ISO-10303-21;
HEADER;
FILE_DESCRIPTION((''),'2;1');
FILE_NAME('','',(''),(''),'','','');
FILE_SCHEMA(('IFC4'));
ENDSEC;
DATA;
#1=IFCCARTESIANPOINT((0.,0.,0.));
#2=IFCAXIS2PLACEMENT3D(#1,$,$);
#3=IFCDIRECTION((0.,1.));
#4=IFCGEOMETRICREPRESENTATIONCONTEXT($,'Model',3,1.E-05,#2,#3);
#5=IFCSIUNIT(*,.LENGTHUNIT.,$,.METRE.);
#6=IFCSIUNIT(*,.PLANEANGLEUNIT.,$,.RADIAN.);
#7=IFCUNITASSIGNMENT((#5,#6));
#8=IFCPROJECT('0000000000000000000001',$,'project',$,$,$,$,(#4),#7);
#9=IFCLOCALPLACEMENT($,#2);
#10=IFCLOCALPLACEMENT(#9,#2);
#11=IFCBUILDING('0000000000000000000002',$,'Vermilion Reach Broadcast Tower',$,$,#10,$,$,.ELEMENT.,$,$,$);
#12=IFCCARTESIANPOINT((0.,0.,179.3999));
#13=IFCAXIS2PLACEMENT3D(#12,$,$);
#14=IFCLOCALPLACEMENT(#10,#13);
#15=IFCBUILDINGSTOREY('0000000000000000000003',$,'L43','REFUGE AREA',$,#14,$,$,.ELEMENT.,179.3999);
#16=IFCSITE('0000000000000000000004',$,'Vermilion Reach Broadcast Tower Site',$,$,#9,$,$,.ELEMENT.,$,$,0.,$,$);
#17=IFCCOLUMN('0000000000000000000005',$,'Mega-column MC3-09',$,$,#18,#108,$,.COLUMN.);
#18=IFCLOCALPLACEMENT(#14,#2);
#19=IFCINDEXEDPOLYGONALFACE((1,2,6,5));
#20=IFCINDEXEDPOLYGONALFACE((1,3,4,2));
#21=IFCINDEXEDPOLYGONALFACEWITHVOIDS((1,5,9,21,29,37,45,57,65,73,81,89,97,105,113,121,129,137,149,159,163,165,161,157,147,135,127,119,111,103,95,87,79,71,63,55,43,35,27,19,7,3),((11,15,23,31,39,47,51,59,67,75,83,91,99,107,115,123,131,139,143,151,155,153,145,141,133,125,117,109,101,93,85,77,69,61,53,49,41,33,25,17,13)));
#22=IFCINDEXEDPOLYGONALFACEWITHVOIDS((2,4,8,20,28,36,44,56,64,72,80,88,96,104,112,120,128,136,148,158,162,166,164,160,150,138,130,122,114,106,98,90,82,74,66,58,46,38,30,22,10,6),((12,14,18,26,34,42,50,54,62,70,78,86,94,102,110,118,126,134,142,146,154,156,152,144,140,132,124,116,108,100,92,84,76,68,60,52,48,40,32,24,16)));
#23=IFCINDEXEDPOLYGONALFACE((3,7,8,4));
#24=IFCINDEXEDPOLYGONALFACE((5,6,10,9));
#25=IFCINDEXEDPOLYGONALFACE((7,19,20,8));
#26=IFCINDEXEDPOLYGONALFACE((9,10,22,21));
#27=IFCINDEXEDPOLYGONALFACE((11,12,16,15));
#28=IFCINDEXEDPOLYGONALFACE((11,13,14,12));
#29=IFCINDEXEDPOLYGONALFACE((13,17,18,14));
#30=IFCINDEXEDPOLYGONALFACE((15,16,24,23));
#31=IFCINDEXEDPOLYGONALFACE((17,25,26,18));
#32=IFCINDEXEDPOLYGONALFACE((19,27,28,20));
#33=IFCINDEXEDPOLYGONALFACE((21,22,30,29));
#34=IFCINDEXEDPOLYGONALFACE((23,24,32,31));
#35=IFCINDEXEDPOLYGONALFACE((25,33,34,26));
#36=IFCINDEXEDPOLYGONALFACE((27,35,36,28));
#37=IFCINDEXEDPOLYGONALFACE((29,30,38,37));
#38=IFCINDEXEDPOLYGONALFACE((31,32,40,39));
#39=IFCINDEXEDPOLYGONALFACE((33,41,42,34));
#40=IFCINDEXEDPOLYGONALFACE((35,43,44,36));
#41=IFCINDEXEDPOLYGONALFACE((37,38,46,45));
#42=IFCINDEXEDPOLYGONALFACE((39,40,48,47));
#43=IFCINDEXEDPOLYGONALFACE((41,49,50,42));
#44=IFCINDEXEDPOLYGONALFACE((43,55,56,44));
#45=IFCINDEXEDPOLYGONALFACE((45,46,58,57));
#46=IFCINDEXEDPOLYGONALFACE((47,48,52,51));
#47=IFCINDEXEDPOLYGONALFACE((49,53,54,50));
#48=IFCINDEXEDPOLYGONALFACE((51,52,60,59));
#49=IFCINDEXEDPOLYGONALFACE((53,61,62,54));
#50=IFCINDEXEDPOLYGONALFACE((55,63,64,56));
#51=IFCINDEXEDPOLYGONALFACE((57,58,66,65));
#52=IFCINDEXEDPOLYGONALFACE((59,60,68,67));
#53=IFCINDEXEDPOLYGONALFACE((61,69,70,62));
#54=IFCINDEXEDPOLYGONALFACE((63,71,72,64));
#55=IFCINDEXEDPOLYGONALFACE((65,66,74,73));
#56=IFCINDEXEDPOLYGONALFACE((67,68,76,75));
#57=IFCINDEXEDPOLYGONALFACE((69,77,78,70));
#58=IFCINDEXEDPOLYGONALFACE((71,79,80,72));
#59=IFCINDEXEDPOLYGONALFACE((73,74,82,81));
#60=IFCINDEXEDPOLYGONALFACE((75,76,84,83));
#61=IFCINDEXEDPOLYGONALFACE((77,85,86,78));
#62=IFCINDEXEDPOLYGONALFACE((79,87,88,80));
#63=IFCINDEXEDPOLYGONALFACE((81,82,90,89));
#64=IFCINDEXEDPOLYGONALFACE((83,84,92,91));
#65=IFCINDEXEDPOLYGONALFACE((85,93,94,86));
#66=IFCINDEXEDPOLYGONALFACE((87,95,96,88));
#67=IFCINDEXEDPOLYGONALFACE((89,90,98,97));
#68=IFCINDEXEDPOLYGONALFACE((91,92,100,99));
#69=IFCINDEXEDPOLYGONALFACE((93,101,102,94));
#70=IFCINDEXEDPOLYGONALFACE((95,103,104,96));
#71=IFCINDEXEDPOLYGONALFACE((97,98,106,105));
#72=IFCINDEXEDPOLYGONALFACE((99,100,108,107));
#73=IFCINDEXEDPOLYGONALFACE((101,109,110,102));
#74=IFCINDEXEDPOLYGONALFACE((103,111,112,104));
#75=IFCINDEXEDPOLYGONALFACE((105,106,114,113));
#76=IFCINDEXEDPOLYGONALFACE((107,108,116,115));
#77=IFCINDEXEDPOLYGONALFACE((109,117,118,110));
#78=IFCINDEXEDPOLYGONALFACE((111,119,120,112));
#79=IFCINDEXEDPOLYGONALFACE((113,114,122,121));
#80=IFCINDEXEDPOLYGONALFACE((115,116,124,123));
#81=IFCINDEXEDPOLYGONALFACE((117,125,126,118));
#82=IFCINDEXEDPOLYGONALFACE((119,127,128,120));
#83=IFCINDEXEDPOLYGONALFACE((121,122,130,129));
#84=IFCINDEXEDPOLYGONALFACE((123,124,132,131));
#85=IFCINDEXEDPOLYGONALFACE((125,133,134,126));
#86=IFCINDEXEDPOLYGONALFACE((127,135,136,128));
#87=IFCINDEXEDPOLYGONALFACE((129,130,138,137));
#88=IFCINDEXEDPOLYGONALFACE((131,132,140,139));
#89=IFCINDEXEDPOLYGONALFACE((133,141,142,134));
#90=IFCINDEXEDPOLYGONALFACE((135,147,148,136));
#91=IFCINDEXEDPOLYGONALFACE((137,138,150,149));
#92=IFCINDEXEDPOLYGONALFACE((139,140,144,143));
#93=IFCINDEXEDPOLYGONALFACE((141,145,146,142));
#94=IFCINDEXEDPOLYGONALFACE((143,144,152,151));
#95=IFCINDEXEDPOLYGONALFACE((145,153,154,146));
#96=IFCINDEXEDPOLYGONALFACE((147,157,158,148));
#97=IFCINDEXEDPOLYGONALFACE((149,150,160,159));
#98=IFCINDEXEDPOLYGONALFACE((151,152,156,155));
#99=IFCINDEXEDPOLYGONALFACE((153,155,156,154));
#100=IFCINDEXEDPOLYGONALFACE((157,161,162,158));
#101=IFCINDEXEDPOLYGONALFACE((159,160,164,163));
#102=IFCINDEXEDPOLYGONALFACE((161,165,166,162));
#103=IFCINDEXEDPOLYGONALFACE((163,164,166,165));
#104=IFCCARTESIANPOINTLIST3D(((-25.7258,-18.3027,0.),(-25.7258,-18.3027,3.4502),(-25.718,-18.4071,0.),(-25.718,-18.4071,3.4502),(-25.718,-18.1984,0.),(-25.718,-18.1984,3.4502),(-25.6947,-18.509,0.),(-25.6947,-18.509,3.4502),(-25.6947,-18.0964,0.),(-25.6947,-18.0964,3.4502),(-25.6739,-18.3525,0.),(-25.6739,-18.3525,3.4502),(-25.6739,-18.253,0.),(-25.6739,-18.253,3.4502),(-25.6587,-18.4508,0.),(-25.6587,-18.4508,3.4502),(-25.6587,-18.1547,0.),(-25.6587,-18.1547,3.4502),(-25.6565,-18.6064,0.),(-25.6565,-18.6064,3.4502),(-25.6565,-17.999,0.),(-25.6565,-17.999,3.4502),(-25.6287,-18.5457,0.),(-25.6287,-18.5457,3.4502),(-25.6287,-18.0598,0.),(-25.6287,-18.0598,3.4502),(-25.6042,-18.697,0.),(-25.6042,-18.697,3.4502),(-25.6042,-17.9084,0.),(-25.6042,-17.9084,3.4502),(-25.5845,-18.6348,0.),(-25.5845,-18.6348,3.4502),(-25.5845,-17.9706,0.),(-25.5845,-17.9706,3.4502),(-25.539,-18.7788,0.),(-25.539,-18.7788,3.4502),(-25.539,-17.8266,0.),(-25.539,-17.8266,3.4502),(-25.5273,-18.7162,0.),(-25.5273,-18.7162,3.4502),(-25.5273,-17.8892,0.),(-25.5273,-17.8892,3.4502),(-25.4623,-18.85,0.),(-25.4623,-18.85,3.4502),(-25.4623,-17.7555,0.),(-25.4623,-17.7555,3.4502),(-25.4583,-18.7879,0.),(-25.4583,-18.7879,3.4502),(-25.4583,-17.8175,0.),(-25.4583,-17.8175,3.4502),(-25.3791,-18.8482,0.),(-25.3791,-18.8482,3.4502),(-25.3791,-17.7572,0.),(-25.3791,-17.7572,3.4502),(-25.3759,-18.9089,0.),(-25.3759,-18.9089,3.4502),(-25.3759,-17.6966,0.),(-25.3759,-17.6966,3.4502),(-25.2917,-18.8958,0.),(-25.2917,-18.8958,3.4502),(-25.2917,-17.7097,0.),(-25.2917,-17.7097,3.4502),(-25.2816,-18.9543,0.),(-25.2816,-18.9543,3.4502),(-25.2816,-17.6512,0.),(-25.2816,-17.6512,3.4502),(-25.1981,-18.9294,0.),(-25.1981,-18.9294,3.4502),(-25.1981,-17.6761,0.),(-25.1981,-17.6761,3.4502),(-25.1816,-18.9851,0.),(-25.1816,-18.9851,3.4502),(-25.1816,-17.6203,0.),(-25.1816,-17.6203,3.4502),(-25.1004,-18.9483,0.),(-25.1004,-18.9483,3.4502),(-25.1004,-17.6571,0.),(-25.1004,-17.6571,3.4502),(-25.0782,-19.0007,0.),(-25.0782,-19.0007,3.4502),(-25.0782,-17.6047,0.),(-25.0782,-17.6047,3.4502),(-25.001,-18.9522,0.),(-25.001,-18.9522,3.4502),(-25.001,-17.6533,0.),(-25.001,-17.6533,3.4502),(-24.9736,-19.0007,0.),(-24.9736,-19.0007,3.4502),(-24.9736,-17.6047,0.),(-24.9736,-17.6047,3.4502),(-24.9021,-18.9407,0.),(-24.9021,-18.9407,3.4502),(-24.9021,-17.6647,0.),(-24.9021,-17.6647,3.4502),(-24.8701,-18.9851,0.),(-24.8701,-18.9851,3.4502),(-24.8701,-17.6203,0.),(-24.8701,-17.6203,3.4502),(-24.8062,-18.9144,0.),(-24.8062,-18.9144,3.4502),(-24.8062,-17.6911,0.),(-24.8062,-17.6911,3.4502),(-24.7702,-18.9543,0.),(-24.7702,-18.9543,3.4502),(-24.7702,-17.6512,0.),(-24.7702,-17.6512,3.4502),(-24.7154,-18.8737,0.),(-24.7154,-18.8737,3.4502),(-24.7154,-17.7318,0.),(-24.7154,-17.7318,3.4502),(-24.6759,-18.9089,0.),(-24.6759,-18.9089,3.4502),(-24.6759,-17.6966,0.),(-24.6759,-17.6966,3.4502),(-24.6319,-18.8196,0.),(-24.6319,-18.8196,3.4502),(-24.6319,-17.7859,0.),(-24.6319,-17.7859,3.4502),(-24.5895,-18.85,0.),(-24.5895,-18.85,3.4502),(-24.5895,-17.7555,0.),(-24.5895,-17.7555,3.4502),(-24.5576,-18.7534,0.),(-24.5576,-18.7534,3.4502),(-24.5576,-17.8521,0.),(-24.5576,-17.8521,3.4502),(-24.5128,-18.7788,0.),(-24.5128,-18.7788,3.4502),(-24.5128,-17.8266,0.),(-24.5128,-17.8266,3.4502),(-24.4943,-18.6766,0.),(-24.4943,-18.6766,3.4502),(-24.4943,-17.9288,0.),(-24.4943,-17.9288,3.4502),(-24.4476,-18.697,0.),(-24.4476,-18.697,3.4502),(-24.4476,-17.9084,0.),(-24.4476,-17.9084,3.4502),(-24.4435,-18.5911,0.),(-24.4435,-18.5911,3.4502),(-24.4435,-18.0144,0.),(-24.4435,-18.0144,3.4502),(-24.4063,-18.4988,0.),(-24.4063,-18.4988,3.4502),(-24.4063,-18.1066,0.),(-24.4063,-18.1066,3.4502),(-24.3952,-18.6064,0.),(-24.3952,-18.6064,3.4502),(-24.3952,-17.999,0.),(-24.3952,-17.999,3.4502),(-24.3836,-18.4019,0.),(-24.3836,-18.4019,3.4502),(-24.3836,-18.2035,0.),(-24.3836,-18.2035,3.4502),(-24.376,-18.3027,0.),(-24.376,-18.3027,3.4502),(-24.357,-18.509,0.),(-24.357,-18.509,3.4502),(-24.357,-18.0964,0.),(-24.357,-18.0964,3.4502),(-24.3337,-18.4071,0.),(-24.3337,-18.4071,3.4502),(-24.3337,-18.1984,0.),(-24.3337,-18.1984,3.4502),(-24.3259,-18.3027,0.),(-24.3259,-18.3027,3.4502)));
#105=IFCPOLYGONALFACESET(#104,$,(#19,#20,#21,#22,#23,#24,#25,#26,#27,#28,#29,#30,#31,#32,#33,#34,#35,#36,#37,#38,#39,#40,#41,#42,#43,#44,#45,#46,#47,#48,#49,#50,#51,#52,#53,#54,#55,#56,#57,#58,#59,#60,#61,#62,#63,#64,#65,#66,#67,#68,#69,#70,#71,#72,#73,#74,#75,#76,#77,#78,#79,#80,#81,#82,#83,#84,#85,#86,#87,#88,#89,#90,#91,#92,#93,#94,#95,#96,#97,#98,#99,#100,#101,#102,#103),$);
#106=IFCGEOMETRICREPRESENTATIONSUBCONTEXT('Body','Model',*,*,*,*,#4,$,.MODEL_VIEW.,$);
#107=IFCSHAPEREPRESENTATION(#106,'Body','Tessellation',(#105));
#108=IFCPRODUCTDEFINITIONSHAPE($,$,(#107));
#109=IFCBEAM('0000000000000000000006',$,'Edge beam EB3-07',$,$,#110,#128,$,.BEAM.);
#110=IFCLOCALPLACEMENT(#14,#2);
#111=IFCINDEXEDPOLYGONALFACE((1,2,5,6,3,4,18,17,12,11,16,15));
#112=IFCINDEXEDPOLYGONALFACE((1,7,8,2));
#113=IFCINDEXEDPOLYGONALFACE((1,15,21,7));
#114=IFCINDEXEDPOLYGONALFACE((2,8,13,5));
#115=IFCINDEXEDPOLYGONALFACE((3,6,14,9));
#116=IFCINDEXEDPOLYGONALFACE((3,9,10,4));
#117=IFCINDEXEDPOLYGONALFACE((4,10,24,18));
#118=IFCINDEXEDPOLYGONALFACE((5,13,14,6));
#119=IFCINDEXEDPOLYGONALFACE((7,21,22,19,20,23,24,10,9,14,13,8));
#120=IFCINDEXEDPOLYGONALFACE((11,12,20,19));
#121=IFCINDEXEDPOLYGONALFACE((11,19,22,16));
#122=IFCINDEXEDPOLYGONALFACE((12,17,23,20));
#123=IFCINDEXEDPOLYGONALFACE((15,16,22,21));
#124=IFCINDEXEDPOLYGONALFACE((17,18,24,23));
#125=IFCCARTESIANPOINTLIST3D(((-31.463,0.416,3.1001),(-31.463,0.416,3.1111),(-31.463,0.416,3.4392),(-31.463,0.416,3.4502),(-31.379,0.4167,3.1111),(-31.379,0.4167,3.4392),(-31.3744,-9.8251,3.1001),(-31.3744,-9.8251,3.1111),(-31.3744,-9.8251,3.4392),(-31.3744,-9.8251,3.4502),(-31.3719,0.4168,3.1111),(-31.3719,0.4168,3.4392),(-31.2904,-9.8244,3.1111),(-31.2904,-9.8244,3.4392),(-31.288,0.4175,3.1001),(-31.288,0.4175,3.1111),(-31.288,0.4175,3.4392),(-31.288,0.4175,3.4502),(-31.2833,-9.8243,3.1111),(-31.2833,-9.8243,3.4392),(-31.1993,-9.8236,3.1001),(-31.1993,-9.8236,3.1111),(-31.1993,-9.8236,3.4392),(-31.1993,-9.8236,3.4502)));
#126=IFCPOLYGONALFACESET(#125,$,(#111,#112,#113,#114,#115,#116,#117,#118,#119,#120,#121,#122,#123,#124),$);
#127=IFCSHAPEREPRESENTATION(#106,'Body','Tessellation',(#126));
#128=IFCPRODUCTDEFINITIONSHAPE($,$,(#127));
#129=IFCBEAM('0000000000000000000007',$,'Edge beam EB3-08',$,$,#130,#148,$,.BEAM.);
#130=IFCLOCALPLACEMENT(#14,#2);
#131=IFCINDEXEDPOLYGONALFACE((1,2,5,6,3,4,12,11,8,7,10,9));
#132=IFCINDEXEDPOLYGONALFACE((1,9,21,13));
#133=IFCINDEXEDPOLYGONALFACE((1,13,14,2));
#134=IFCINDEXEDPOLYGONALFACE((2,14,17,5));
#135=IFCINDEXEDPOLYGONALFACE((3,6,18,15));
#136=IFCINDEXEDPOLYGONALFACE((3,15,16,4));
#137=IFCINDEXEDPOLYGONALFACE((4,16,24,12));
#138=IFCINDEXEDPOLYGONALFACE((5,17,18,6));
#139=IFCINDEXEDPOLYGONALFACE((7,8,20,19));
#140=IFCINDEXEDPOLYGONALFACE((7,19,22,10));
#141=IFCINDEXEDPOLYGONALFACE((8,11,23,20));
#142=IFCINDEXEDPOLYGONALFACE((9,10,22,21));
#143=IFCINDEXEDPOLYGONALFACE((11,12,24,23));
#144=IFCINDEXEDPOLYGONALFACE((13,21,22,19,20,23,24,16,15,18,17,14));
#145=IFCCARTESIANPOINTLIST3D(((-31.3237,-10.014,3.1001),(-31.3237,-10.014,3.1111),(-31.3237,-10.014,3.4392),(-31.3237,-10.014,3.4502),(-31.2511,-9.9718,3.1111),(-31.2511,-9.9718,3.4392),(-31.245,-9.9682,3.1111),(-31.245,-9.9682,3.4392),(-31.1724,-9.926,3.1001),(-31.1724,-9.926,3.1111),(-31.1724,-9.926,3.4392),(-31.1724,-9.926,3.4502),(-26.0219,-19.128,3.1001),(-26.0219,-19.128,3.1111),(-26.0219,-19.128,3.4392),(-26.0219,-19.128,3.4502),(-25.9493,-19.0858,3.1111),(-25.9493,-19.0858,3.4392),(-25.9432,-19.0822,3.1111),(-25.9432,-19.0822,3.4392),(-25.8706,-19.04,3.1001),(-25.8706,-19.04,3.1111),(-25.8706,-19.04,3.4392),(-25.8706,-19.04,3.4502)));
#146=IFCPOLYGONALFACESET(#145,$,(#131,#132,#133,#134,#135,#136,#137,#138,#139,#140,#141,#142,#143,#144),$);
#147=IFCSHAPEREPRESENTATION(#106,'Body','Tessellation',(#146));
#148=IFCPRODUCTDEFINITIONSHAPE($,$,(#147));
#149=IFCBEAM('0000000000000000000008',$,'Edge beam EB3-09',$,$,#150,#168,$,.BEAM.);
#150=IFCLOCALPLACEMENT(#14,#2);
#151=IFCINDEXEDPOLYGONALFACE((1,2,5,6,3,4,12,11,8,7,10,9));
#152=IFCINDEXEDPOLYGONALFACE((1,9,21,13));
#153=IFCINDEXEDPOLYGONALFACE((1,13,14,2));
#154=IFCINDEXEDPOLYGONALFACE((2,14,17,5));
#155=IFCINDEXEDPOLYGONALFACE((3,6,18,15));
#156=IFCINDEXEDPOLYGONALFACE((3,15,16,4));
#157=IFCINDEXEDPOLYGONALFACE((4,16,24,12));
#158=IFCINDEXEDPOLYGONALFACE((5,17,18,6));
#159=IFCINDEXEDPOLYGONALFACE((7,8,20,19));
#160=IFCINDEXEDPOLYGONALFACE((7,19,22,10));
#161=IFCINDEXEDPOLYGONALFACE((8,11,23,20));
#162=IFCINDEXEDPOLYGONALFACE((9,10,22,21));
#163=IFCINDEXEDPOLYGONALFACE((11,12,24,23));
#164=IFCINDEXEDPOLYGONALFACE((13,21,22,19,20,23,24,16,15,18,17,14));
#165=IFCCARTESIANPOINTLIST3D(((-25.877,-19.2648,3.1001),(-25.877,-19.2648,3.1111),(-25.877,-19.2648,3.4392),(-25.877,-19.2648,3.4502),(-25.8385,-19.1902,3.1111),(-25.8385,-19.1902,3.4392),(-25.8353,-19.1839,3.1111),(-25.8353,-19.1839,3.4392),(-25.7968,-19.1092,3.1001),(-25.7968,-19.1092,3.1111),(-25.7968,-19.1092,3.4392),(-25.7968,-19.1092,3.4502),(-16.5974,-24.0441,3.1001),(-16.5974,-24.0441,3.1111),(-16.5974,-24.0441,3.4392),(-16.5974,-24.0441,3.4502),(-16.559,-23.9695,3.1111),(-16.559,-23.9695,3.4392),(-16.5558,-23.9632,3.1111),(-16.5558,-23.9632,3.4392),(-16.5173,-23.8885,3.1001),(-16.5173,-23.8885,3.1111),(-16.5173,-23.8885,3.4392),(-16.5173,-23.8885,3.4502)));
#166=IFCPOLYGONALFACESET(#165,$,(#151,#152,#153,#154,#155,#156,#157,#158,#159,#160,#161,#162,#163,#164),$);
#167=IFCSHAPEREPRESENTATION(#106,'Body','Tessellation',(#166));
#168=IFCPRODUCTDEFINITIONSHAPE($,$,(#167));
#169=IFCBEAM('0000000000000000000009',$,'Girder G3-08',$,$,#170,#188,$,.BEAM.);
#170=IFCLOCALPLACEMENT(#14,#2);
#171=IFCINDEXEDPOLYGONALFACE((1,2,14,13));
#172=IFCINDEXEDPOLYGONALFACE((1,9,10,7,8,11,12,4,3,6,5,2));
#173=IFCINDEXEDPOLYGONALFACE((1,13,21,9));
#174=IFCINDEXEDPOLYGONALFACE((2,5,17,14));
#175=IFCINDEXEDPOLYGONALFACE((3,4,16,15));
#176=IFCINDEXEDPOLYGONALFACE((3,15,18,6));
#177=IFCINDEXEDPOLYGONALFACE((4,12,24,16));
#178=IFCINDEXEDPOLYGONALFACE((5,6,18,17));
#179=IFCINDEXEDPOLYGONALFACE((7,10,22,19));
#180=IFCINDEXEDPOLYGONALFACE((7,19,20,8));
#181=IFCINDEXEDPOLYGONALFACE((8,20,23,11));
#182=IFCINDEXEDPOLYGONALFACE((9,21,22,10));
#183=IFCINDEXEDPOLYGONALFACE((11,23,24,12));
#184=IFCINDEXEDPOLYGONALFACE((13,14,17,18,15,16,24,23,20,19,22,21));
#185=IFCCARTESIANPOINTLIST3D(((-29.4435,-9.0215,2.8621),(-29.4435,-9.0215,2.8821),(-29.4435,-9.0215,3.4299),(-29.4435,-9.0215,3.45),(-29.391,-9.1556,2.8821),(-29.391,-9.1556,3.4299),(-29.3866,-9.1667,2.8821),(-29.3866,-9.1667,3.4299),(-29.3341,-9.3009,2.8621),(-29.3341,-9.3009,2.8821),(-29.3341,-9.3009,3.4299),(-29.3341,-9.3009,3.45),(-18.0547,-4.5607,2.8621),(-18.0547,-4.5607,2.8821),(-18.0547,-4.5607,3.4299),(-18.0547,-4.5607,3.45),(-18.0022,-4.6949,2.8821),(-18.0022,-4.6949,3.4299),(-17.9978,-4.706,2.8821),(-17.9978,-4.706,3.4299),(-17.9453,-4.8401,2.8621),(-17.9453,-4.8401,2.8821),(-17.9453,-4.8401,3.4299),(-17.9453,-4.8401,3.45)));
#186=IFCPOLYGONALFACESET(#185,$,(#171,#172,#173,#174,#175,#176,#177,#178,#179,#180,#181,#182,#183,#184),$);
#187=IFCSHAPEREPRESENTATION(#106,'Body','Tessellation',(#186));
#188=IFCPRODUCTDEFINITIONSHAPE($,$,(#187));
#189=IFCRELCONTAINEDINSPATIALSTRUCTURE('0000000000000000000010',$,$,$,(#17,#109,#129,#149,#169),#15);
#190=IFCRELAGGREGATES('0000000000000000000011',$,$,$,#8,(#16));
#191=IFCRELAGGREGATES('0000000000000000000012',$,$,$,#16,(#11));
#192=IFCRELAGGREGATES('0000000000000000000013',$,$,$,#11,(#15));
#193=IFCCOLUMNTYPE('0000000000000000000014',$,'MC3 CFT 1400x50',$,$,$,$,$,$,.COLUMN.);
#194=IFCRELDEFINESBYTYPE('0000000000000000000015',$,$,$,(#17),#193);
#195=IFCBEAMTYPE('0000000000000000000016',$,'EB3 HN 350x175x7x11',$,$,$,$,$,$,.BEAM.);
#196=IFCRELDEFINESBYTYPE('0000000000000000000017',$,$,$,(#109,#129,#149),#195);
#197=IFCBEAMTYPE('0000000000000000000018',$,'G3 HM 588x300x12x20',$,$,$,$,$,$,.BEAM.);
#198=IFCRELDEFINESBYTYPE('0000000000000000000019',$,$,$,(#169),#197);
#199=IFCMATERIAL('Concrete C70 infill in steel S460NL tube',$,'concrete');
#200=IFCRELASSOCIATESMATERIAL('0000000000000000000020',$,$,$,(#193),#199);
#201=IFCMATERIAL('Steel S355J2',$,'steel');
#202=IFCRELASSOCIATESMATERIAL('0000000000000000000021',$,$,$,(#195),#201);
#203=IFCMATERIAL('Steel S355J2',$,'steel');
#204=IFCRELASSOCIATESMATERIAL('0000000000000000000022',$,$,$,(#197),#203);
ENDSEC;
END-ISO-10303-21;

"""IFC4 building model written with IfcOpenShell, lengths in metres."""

from ifc_helpers import new_model, si_unit, direction, frame, origin, origin_2d, place, context, subcontext, project, spatial, hollow_circle, i_section, extrude, material, material_profile, profile_set, type_object, element, save


model = new_model("IFC4")

# Units and contexts
model_context = context("Model", 3, precision=1e-05, world=origin(), true_north=direction((0.0, 1.0)))
body_context = subcontext(model_context, "Body", "Model", "MODEL_VIEW")
ifc_project = project(units=[si_unit("LENGTHUNIT", "METRE"), si_unit("PLANEANGLEUNIT", "RADIAN")], contexts=[model_context])

# Site, building, storey
site_placement = place(None, origin())
site = spatial("IfcSite", under=ifc_project, at=site_placement, Name="Vermilion Reach Broadcast Tower Site", CompositionType="ELEMENT", RefElevation=0.0)
building_placement = place(site_placement, origin())
building = spatial("IfcBuilding", under=site, at=building_placement, Name="Vermilion Reach Broadcast Tower", CompositionType="ELEMENT")
storey_placement = place(building_placement, frame((0.0, 0.0, 179.3999)))
storey = spatial("IfcBuildingStorey", under=building, at=storey_placement, Name="L43", Description="REFUGE AREA", CompositionType="ELEMENT", Elevation=179.3999)

# Column
ifc_material_1 = material(Name="Concrete C70 infill in steel S460NL tube", Category="concrete")
ifc_material_profile_1 = material_profile(ifc_material_1, hollow_circle(Radius=0.7, WallThickness=0.05, at=origin_2d()), Name="Concrete C70 infill in steel S460NL tube CFT 1400x50")
ifc_profile_set_1 = profile_set([ifc_material_profile_1], Name="Concrete C70 infill in steel S460NL tube")
column_type = type_object("IfcColumnType", Name="MC3 CFT 1400x50", PredefinedType="COLUMN", material=ifc_profile_set_1)
for number, where, z_axis, x_axis, name in (
    (1, (-25.0259, -18.3027, 0.0), (0.0, 0.0, 1.0), (1.0, 0.0, 0.0), "Mega-column MC3-09"),
):
    element("IfcColumn", number, at=place(storey_placement, frame(where, z_axis=z_axis, x_axis=x_axis)), inside=storey, type_object=column_type, Name=name, PredefinedType="COLUMN", context=body_context, shape_type="SweptSolid", body=[
        extrude(hollow_circle(Radius=0.7, WallThickness=0.05, at=origin_2d()), origin(), (0.0, 0.0, 1.0), 3.4502),
    ])

# Beams
ifc_material_2 = material(Name="Steel S355J2", Category="steel")
ifc_material_profile_2 = material_profile(ifc_material_2, i_section(OverallWidth=0.175, OverallDepth=0.3501, WebThickness=0.0071, FlangeThickness=0.011, at=origin_2d()), Name="S355J2 HN 350x175x7x11")
ifc_profile_set_2 = profile_set([ifc_material_profile_2], Name="Steel S355J2")
beam_type_1 = type_object("IfcBeamType", Name="EB3 HN 350x175x7x11", PredefinedType="BEAM", material=ifc_profile_set_2)
beam_1_placement = place(storey_placement, frame((-31.3755, 0.4167, 3.2751), z_axis=(0.008653, -0.999963, 0.0), x_axis=(0.999963, 0.008653, 0.0)))
element("IfcBeam", 2, at=beam_1_placement, inside=storey, type_object=beam_type_1, Name="Edge beam EB3-07", PredefinedType="BEAM", context=body_context, shape_type="SweptSolid", body=[
    extrude(i_section(OverallWidth=0.175, OverallDepth=0.3501, WebThickness=0.0071, FlangeThickness=0.011, at=origin_2d()), origin(), (0.0, 0.0, 1.0), 10.2415),
])
beam_2_placement = place(storey_placement, frame((-31.248, -9.97, 3.2751), z_axis=(0.502827, -0.864387, 0.0), x_axis=(0.864387, 0.502827, 0.0)))
element("IfcBeam", 3, at=beam_2_placement, inside=storey, type_object=beam_type_1, Name="Edge beam EB3-08", PredefinedType="BEAM", context=body_context, shape_type="SweptSolid", body=[
    extrude(i_section(OverallWidth=0.175, OverallDepth=0.3501, WebThickness=0.0071, FlangeThickness=0.011, at=origin_2d()), origin(), (0.0, 0.0, 1.0), 10.5439),
])
beam_3_placement = place(storey_placement, frame((-25.8369, -19.187, 3.2751), z_axis=(0.889016, -0.457875, 0.0), x_axis=(0.457875, 0.889016, 0.0)))
element("IfcBeam", 4, at=beam_3_placement, inside=storey, type_object=beam_type_1, Name="Edge beam EB3-09", PredefinedType="BEAM", context=body_context, shape_type="SweptSolid", body=[
    extrude(i_section(OverallWidth=0.175, OverallDepth=0.3501, WebThickness=0.0071, FlangeThickness=0.011, at=origin_2d()), origin(), (0.0, 0.0, 1.0), 10.438),
])
ifc_material_3 = material(Name="Steel S355J2", Category="steel")
ifc_material_profile_3 = material_profile(ifc_material_3, i_section(OverallWidth=0.3, OverallDepth=0.5879, WebThickness=0.012, FlangeThickness=0.02, at=origin_2d()), Name="S355J2 HM 588x300x12x20")
ifc_profile_set_3 = profile_set([ifc_material_profile_3], Name="Steel S355J2")
beam_type_2 = type_object("IfcBeamType", Name="G3 HM 588x300x12x20", PredefinedType="BEAM", material=ifc_profile_set_3)
beam_4_placement = place(storey_placement, frame((-18.0, -4.7004, 3.156), z_axis=(-0.931125, -0.364701, 0.0), x_axis=(0.364701, -0.931125, 0.0)))
element("IfcBeam", 5, at=beam_4_placement, inside=storey, type_object=beam_type_2, Name="Girder G3-08", PredefinedType="BEAM", context=body_context, shape_type="SweptSolid", body=[
    extrude(i_section(OverallWidth=0.3, OverallDepth=0.5879, WebThickness=0.012, FlangeThickness=0.02, at=origin_2d()), origin(), (0.0, 0.0, 1.0), 12.2312),
])

save(model, "model.ifc")
